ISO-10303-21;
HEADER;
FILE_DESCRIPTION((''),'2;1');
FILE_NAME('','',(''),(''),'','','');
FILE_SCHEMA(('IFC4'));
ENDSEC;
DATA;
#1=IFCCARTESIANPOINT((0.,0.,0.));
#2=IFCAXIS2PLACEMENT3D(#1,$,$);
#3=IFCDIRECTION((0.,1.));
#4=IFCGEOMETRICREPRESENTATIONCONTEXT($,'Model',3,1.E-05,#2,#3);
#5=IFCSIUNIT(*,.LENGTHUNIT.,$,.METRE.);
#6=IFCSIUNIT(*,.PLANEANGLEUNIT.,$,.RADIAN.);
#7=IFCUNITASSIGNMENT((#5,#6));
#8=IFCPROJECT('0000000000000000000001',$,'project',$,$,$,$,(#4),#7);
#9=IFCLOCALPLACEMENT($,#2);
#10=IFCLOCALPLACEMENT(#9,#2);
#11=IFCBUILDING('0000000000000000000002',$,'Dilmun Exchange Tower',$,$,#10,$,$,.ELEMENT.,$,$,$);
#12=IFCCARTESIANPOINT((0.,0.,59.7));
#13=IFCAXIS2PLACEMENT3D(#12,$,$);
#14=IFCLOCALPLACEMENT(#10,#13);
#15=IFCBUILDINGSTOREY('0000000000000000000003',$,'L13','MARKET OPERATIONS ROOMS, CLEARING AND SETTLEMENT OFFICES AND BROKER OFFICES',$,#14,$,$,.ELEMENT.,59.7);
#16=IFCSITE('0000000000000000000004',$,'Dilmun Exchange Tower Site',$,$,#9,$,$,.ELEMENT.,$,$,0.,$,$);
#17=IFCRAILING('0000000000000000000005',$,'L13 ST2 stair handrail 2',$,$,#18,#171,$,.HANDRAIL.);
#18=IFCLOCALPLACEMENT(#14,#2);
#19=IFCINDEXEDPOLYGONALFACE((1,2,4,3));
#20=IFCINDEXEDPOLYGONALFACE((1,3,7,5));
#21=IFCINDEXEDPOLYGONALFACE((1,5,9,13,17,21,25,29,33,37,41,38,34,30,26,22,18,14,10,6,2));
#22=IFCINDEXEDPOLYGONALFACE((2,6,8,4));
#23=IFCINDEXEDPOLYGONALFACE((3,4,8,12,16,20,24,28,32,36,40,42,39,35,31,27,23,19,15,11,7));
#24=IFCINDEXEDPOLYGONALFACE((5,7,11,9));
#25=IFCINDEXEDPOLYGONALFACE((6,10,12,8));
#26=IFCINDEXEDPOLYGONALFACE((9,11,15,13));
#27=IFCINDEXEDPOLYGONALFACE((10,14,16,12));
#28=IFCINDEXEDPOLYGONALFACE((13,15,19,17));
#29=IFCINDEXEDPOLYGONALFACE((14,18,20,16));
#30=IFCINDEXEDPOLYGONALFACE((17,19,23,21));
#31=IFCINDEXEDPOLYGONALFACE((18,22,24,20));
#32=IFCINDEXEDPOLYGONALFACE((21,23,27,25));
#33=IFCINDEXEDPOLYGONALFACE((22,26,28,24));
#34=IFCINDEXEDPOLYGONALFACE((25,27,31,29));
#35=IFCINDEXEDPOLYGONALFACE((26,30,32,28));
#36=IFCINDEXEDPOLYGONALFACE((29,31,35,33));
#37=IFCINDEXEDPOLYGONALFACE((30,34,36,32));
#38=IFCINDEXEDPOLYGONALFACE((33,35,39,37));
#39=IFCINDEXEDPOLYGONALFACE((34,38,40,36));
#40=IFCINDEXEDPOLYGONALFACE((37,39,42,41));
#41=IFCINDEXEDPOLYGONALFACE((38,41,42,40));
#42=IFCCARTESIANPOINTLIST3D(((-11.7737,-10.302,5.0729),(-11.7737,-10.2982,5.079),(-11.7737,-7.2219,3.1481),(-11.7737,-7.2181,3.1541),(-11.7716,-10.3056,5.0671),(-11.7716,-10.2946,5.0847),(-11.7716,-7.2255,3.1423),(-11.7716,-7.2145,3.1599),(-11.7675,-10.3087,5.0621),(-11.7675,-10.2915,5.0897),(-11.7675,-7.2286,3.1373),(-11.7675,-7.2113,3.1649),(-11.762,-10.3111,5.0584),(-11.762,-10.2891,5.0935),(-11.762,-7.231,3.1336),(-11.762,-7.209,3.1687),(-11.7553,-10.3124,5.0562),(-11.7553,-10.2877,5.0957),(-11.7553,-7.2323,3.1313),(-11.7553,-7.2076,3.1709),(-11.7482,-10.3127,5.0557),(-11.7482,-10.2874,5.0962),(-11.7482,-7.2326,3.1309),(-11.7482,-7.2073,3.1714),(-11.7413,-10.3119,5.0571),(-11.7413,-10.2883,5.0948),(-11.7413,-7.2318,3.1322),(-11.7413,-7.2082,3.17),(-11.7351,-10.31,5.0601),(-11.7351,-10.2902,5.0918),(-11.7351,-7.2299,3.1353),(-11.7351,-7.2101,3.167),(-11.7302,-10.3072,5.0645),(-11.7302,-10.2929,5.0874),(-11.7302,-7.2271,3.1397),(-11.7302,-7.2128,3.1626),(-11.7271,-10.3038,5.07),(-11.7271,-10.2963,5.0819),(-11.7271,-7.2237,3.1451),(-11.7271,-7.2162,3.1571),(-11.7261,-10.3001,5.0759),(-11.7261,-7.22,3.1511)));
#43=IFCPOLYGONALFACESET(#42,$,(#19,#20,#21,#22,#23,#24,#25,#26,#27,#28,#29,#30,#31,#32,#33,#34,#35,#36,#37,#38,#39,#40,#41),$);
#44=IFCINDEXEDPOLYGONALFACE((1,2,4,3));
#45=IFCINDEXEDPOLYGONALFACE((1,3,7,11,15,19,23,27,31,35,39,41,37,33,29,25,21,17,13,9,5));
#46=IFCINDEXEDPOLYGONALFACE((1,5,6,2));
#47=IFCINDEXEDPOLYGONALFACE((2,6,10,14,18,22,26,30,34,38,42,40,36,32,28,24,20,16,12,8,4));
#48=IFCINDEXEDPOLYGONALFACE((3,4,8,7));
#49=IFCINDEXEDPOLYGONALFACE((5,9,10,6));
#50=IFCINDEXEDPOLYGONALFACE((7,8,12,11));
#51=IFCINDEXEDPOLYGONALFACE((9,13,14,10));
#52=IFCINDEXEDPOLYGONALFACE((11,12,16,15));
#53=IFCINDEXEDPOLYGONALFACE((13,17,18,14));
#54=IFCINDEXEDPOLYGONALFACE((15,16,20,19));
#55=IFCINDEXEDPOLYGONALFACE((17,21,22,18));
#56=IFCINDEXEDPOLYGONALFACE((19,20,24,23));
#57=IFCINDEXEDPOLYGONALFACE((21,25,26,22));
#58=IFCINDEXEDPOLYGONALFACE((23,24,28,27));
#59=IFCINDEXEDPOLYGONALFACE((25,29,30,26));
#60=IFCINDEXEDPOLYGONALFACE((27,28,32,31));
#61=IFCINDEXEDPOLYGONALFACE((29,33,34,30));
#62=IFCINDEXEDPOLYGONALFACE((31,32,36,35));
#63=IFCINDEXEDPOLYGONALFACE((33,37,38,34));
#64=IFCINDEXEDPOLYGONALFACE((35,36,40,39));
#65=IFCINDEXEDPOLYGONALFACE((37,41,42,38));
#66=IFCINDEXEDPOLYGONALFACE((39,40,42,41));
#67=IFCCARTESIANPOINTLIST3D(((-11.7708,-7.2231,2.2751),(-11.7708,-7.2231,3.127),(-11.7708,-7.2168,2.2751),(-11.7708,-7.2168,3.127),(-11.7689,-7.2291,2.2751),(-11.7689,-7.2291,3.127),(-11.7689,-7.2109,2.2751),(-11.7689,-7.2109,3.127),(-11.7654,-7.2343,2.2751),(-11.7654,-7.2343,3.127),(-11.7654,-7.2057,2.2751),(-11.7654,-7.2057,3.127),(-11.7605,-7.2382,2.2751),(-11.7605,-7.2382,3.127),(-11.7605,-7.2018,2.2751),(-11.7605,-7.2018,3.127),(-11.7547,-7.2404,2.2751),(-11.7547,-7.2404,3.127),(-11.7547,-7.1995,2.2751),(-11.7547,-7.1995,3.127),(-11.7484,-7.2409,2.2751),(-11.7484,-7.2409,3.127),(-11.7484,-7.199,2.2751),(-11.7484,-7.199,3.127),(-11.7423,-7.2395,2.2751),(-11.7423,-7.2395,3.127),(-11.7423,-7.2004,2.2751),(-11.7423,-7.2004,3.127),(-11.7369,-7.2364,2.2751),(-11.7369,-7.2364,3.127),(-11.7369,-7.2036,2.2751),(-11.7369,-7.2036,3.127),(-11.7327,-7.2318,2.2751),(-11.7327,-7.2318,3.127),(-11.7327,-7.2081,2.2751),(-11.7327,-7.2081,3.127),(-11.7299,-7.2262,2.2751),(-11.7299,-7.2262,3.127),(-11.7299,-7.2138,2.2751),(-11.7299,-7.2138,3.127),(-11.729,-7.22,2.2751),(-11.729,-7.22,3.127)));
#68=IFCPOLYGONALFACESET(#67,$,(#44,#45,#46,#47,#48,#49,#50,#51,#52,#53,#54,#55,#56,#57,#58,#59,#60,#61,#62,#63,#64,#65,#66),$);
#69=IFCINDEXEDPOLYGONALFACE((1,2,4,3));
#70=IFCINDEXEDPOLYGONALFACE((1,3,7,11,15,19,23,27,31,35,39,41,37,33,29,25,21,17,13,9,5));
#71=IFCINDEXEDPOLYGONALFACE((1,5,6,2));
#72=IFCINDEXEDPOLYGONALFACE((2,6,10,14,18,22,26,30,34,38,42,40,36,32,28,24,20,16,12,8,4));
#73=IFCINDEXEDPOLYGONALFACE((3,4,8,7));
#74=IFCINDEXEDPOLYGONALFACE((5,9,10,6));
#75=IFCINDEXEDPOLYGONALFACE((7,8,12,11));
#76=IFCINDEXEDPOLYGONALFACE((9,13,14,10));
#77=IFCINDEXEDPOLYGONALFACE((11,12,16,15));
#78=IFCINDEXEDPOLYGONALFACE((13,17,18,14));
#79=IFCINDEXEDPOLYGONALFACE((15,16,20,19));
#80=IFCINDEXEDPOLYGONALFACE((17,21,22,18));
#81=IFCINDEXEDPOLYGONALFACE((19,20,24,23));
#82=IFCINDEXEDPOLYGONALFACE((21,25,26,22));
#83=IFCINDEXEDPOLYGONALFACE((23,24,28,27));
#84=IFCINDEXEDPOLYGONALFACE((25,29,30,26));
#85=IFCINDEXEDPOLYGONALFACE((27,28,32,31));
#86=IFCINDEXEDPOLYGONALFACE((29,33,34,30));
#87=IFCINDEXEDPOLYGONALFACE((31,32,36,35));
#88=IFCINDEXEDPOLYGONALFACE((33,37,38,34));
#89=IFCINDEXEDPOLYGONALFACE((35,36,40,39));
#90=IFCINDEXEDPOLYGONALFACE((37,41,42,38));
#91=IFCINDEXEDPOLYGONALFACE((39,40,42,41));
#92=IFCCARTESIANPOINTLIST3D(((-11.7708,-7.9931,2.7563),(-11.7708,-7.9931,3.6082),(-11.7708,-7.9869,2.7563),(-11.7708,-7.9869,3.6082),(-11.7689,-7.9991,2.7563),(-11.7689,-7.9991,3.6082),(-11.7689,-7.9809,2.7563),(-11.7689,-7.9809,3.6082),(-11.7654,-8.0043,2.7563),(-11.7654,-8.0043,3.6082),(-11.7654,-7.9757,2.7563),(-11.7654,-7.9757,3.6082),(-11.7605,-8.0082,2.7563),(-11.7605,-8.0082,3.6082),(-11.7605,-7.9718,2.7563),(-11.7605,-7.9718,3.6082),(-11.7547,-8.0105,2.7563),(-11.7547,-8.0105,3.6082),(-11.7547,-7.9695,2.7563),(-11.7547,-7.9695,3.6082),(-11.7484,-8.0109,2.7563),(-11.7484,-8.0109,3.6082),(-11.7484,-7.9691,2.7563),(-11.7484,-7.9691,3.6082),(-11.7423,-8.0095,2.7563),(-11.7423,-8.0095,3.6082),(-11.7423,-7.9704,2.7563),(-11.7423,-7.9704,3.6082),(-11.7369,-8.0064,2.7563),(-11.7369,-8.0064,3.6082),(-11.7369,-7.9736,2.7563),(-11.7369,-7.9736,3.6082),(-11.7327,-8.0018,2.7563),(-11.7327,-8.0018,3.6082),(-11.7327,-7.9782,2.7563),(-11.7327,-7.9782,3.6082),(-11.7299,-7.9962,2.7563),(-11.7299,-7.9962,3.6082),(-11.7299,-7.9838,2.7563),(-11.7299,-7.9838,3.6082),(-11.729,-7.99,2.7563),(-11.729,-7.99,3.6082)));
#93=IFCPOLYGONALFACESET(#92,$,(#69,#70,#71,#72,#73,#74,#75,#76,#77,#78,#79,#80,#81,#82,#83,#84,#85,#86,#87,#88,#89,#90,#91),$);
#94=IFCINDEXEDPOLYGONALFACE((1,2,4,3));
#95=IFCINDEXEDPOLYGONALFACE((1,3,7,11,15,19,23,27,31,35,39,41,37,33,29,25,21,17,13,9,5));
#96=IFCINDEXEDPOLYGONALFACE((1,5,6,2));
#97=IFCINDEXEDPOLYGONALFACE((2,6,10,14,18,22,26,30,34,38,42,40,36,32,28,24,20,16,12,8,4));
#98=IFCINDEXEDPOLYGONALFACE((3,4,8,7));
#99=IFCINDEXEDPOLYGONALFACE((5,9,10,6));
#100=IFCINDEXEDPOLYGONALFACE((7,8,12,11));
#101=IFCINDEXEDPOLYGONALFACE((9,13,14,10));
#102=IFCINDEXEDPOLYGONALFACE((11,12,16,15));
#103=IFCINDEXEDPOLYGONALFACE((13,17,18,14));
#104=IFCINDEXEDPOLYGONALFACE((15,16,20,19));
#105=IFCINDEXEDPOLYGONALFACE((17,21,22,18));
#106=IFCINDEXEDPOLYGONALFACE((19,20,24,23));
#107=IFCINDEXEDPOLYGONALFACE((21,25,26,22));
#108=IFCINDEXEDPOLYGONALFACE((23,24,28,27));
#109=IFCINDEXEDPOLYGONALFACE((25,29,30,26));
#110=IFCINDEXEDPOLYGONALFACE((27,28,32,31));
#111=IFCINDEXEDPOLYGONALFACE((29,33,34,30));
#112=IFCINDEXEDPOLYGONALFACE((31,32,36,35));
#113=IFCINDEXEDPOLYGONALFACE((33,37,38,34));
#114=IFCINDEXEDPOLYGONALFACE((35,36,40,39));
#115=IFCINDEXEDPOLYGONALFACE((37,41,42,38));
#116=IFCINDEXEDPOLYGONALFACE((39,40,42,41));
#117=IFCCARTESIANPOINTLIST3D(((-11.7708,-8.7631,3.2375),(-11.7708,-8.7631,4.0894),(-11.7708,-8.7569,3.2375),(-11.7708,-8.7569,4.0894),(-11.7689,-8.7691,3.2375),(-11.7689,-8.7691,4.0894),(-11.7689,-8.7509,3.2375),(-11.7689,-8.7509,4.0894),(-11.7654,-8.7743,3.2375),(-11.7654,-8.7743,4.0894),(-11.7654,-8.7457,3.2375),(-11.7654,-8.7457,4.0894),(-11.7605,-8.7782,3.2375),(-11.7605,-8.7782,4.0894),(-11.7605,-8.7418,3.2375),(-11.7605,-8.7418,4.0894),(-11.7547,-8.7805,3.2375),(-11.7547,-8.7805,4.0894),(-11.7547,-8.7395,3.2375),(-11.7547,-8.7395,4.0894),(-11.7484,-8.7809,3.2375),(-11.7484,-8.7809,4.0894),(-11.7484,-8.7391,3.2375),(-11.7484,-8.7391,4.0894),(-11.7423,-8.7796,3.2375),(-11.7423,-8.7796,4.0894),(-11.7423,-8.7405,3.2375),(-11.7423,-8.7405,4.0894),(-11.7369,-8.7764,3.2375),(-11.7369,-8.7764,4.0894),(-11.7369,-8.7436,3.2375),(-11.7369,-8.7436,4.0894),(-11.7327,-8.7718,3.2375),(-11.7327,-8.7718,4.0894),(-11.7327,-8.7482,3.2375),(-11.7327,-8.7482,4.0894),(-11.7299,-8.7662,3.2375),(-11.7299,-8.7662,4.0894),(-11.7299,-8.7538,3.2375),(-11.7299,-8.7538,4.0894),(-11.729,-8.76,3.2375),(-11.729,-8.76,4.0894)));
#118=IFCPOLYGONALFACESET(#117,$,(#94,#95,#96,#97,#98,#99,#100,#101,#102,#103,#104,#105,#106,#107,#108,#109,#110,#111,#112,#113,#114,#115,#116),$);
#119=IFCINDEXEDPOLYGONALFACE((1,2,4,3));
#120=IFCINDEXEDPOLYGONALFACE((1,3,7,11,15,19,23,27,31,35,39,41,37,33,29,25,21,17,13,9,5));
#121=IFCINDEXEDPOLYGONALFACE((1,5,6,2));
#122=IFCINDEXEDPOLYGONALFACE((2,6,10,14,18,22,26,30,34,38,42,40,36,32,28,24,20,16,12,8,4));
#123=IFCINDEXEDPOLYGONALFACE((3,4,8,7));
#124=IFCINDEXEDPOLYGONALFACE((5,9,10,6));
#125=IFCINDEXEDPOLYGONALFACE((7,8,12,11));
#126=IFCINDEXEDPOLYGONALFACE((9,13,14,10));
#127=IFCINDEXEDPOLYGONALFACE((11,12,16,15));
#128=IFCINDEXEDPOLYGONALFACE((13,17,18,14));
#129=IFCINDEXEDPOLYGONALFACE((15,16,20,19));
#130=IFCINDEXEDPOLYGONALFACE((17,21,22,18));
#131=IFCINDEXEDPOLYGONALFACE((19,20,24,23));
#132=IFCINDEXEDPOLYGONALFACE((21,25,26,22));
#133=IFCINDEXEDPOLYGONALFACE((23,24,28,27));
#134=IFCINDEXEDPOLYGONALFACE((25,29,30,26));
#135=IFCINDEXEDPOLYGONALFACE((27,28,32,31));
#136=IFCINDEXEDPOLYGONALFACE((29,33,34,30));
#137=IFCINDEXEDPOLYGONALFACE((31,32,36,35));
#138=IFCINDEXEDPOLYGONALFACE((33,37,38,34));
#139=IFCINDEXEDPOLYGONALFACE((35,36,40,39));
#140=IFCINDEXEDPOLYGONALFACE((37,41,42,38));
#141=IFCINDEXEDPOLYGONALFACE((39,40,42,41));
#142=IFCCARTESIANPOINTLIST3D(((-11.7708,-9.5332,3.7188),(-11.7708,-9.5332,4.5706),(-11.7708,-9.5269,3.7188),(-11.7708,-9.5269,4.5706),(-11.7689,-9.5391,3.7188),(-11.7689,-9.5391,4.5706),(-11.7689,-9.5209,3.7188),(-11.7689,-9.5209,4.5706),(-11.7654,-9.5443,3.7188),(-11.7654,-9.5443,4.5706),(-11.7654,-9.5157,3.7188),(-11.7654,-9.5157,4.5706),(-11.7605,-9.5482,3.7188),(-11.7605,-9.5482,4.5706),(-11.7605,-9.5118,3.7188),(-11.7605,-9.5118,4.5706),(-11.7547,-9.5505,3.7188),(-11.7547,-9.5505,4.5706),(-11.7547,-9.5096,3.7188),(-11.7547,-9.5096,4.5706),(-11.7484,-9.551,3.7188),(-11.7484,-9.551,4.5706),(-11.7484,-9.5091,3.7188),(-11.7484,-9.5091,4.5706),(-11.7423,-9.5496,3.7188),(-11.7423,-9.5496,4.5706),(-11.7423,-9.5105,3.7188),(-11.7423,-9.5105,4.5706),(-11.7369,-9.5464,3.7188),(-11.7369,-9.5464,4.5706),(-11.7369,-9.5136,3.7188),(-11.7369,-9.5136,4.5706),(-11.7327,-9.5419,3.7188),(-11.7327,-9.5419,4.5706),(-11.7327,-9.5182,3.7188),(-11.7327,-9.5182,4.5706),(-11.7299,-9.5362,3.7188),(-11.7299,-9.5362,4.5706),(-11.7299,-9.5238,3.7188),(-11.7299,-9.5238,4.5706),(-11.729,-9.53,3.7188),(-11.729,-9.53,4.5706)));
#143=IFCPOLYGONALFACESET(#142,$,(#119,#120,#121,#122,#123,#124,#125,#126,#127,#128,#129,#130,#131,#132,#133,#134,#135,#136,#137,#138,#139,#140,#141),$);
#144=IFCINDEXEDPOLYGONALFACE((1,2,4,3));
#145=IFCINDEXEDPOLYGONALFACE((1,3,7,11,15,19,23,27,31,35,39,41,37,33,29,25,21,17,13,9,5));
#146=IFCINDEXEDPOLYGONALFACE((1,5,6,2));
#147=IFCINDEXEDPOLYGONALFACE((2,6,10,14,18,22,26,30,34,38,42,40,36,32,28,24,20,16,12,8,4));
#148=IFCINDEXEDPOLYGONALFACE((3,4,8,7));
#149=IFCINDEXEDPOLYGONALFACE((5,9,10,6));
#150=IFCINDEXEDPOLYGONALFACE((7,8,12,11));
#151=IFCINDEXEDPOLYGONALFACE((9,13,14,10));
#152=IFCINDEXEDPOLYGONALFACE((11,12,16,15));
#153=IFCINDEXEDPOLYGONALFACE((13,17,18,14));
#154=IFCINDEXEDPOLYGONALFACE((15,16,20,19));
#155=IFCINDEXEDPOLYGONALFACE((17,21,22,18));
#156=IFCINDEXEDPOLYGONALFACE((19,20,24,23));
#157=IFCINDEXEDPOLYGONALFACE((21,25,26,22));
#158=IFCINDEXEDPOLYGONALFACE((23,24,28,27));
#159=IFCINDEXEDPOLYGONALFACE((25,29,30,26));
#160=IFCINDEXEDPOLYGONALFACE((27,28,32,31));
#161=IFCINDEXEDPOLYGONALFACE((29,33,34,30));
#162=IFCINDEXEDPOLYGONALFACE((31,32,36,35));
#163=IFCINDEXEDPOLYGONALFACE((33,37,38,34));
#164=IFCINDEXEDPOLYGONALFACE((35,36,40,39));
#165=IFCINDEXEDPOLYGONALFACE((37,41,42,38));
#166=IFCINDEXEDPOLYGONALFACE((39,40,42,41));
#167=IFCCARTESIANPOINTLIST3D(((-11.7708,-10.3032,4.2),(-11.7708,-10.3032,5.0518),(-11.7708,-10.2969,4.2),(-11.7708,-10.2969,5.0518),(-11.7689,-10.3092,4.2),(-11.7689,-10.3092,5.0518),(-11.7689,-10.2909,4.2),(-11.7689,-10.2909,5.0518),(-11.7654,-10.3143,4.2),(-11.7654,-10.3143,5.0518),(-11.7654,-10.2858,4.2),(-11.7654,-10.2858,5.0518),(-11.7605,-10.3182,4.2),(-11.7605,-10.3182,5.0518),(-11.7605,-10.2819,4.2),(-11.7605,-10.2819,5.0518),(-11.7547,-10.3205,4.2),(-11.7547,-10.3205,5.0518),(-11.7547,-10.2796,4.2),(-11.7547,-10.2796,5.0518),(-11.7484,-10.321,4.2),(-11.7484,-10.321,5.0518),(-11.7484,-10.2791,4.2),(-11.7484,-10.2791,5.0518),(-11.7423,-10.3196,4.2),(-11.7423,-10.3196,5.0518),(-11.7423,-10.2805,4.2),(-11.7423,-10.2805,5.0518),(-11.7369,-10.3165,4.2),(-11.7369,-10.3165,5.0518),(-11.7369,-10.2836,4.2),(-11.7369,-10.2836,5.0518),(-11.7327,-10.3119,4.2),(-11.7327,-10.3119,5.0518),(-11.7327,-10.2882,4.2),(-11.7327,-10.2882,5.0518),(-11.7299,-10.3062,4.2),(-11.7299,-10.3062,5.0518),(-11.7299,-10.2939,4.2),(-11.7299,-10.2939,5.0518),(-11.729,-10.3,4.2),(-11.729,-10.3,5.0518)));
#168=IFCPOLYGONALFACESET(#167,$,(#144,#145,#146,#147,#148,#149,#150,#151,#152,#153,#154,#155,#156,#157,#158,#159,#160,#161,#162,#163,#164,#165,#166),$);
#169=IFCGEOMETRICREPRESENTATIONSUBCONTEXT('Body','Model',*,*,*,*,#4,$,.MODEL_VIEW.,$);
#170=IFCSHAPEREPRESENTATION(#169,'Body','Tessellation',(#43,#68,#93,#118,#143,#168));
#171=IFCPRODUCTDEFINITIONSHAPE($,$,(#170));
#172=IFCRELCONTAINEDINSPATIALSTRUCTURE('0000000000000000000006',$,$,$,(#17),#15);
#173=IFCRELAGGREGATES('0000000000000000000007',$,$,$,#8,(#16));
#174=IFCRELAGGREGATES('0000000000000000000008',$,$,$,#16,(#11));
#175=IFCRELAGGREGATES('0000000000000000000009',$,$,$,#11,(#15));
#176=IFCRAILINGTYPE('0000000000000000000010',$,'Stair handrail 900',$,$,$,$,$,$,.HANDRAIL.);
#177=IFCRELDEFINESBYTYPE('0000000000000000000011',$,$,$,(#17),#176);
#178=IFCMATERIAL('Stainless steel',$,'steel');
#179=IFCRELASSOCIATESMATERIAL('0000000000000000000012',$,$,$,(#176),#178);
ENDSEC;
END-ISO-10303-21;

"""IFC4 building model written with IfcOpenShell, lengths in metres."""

from ifc_helpers import new_model, si_unit, direction, frame, origin, origin_2d, place, context, subcontext, project, spatial, circle, extrude, material, type_object, element, save


model = new_model("IFC4")

# Units and contexts
model_context = context("Model", 3, precision=1e-05, world=origin(), true_north=direction((0.0, 1.0)))
body_context = subcontext(model_context, "Body", "Model", "MODEL_VIEW")
ifc_project = project(units=[si_unit("LENGTHUNIT", "METRE"), si_unit("PLANEANGLEUNIT", "RADIAN")], contexts=[model_context])

# Site, building, storey
site_placement = place(None, origin())
site = spatial("IfcSite", under=ifc_project, at=site_placement, Name="Dilmun Exchange Tower Site", CompositionType="ELEMENT", RefElevation=0.0)
building_placement = place(site_placement, origin())
building = spatial("IfcBuilding", under=site, at=building_placement, Name="Dilmun Exchange Tower", CompositionType="ELEMENT")
storey_placement = place(building_placement, frame((0.0, 0.0, 59.7)))
storey = spatial("IfcBuildingStorey", under=building, at=storey_placement, Name="L13", Description="MARKET OPERATIONS ROOMS, CLEARING AND SETTLEMENT OFFICES AND BROKER OFFICES", CompositionType="ELEMENT", Elevation=59.7)

# Railing
ifc_material_1 = material(Name="Stainless steel", Category="steel")
railing_type = type_object("IfcRailingType", Name="Stair handrail 900", PredefinedType="HANDRAIL", material=ifc_material_1)
railing_1_placement = place(storey_placement, frame((-11.75, -7.22, 2.2751)))
element("IfcRailing", 1, at=railing_1_placement, inside=storey, type_object=railing_type, Name="L13 ST2 stair handrail 2", PredefinedType="HANDRAIL", context=body_context, shape_type="SweptSolid", body=[
    extrude(circle(Radius=0.0239, at=origin_2d()), frame((0.0, 0.0, 0.876), z_axis=(0.0, -0.848029, 0.529951), x_axis=(1.0, 0.0, 0.0)), (0.0, 0.0, 1.0), 3.6321),
    extrude(circle(Radius=0.021, at=origin_2d()), origin(), (0.0, 0.0, 1.0), 0.8518),
    extrude(circle(Radius=0.021, at=origin_2d()), frame((0.0, -0.77, 0.4812)), (0.0, 0.0, 1.0), 0.8518),
    extrude(circle(Radius=0.021, at=origin_2d()), frame((0.0, -1.54, 0.9624)), (0.0, 0.0, 1.0), 0.8518),
    extrude(circle(Radius=0.021, at=origin_2d()), frame((0.0, -2.3101, 1.4436)), (0.0, 0.0, 1.0), 0.8518),
    extrude(circle(Radius=0.021, at=origin_2d()), frame((0.0, -3.0801, 1.9248)), (0.0, 0.0, 1.0), 0.8518),
])

save(model, "model.ifc")
